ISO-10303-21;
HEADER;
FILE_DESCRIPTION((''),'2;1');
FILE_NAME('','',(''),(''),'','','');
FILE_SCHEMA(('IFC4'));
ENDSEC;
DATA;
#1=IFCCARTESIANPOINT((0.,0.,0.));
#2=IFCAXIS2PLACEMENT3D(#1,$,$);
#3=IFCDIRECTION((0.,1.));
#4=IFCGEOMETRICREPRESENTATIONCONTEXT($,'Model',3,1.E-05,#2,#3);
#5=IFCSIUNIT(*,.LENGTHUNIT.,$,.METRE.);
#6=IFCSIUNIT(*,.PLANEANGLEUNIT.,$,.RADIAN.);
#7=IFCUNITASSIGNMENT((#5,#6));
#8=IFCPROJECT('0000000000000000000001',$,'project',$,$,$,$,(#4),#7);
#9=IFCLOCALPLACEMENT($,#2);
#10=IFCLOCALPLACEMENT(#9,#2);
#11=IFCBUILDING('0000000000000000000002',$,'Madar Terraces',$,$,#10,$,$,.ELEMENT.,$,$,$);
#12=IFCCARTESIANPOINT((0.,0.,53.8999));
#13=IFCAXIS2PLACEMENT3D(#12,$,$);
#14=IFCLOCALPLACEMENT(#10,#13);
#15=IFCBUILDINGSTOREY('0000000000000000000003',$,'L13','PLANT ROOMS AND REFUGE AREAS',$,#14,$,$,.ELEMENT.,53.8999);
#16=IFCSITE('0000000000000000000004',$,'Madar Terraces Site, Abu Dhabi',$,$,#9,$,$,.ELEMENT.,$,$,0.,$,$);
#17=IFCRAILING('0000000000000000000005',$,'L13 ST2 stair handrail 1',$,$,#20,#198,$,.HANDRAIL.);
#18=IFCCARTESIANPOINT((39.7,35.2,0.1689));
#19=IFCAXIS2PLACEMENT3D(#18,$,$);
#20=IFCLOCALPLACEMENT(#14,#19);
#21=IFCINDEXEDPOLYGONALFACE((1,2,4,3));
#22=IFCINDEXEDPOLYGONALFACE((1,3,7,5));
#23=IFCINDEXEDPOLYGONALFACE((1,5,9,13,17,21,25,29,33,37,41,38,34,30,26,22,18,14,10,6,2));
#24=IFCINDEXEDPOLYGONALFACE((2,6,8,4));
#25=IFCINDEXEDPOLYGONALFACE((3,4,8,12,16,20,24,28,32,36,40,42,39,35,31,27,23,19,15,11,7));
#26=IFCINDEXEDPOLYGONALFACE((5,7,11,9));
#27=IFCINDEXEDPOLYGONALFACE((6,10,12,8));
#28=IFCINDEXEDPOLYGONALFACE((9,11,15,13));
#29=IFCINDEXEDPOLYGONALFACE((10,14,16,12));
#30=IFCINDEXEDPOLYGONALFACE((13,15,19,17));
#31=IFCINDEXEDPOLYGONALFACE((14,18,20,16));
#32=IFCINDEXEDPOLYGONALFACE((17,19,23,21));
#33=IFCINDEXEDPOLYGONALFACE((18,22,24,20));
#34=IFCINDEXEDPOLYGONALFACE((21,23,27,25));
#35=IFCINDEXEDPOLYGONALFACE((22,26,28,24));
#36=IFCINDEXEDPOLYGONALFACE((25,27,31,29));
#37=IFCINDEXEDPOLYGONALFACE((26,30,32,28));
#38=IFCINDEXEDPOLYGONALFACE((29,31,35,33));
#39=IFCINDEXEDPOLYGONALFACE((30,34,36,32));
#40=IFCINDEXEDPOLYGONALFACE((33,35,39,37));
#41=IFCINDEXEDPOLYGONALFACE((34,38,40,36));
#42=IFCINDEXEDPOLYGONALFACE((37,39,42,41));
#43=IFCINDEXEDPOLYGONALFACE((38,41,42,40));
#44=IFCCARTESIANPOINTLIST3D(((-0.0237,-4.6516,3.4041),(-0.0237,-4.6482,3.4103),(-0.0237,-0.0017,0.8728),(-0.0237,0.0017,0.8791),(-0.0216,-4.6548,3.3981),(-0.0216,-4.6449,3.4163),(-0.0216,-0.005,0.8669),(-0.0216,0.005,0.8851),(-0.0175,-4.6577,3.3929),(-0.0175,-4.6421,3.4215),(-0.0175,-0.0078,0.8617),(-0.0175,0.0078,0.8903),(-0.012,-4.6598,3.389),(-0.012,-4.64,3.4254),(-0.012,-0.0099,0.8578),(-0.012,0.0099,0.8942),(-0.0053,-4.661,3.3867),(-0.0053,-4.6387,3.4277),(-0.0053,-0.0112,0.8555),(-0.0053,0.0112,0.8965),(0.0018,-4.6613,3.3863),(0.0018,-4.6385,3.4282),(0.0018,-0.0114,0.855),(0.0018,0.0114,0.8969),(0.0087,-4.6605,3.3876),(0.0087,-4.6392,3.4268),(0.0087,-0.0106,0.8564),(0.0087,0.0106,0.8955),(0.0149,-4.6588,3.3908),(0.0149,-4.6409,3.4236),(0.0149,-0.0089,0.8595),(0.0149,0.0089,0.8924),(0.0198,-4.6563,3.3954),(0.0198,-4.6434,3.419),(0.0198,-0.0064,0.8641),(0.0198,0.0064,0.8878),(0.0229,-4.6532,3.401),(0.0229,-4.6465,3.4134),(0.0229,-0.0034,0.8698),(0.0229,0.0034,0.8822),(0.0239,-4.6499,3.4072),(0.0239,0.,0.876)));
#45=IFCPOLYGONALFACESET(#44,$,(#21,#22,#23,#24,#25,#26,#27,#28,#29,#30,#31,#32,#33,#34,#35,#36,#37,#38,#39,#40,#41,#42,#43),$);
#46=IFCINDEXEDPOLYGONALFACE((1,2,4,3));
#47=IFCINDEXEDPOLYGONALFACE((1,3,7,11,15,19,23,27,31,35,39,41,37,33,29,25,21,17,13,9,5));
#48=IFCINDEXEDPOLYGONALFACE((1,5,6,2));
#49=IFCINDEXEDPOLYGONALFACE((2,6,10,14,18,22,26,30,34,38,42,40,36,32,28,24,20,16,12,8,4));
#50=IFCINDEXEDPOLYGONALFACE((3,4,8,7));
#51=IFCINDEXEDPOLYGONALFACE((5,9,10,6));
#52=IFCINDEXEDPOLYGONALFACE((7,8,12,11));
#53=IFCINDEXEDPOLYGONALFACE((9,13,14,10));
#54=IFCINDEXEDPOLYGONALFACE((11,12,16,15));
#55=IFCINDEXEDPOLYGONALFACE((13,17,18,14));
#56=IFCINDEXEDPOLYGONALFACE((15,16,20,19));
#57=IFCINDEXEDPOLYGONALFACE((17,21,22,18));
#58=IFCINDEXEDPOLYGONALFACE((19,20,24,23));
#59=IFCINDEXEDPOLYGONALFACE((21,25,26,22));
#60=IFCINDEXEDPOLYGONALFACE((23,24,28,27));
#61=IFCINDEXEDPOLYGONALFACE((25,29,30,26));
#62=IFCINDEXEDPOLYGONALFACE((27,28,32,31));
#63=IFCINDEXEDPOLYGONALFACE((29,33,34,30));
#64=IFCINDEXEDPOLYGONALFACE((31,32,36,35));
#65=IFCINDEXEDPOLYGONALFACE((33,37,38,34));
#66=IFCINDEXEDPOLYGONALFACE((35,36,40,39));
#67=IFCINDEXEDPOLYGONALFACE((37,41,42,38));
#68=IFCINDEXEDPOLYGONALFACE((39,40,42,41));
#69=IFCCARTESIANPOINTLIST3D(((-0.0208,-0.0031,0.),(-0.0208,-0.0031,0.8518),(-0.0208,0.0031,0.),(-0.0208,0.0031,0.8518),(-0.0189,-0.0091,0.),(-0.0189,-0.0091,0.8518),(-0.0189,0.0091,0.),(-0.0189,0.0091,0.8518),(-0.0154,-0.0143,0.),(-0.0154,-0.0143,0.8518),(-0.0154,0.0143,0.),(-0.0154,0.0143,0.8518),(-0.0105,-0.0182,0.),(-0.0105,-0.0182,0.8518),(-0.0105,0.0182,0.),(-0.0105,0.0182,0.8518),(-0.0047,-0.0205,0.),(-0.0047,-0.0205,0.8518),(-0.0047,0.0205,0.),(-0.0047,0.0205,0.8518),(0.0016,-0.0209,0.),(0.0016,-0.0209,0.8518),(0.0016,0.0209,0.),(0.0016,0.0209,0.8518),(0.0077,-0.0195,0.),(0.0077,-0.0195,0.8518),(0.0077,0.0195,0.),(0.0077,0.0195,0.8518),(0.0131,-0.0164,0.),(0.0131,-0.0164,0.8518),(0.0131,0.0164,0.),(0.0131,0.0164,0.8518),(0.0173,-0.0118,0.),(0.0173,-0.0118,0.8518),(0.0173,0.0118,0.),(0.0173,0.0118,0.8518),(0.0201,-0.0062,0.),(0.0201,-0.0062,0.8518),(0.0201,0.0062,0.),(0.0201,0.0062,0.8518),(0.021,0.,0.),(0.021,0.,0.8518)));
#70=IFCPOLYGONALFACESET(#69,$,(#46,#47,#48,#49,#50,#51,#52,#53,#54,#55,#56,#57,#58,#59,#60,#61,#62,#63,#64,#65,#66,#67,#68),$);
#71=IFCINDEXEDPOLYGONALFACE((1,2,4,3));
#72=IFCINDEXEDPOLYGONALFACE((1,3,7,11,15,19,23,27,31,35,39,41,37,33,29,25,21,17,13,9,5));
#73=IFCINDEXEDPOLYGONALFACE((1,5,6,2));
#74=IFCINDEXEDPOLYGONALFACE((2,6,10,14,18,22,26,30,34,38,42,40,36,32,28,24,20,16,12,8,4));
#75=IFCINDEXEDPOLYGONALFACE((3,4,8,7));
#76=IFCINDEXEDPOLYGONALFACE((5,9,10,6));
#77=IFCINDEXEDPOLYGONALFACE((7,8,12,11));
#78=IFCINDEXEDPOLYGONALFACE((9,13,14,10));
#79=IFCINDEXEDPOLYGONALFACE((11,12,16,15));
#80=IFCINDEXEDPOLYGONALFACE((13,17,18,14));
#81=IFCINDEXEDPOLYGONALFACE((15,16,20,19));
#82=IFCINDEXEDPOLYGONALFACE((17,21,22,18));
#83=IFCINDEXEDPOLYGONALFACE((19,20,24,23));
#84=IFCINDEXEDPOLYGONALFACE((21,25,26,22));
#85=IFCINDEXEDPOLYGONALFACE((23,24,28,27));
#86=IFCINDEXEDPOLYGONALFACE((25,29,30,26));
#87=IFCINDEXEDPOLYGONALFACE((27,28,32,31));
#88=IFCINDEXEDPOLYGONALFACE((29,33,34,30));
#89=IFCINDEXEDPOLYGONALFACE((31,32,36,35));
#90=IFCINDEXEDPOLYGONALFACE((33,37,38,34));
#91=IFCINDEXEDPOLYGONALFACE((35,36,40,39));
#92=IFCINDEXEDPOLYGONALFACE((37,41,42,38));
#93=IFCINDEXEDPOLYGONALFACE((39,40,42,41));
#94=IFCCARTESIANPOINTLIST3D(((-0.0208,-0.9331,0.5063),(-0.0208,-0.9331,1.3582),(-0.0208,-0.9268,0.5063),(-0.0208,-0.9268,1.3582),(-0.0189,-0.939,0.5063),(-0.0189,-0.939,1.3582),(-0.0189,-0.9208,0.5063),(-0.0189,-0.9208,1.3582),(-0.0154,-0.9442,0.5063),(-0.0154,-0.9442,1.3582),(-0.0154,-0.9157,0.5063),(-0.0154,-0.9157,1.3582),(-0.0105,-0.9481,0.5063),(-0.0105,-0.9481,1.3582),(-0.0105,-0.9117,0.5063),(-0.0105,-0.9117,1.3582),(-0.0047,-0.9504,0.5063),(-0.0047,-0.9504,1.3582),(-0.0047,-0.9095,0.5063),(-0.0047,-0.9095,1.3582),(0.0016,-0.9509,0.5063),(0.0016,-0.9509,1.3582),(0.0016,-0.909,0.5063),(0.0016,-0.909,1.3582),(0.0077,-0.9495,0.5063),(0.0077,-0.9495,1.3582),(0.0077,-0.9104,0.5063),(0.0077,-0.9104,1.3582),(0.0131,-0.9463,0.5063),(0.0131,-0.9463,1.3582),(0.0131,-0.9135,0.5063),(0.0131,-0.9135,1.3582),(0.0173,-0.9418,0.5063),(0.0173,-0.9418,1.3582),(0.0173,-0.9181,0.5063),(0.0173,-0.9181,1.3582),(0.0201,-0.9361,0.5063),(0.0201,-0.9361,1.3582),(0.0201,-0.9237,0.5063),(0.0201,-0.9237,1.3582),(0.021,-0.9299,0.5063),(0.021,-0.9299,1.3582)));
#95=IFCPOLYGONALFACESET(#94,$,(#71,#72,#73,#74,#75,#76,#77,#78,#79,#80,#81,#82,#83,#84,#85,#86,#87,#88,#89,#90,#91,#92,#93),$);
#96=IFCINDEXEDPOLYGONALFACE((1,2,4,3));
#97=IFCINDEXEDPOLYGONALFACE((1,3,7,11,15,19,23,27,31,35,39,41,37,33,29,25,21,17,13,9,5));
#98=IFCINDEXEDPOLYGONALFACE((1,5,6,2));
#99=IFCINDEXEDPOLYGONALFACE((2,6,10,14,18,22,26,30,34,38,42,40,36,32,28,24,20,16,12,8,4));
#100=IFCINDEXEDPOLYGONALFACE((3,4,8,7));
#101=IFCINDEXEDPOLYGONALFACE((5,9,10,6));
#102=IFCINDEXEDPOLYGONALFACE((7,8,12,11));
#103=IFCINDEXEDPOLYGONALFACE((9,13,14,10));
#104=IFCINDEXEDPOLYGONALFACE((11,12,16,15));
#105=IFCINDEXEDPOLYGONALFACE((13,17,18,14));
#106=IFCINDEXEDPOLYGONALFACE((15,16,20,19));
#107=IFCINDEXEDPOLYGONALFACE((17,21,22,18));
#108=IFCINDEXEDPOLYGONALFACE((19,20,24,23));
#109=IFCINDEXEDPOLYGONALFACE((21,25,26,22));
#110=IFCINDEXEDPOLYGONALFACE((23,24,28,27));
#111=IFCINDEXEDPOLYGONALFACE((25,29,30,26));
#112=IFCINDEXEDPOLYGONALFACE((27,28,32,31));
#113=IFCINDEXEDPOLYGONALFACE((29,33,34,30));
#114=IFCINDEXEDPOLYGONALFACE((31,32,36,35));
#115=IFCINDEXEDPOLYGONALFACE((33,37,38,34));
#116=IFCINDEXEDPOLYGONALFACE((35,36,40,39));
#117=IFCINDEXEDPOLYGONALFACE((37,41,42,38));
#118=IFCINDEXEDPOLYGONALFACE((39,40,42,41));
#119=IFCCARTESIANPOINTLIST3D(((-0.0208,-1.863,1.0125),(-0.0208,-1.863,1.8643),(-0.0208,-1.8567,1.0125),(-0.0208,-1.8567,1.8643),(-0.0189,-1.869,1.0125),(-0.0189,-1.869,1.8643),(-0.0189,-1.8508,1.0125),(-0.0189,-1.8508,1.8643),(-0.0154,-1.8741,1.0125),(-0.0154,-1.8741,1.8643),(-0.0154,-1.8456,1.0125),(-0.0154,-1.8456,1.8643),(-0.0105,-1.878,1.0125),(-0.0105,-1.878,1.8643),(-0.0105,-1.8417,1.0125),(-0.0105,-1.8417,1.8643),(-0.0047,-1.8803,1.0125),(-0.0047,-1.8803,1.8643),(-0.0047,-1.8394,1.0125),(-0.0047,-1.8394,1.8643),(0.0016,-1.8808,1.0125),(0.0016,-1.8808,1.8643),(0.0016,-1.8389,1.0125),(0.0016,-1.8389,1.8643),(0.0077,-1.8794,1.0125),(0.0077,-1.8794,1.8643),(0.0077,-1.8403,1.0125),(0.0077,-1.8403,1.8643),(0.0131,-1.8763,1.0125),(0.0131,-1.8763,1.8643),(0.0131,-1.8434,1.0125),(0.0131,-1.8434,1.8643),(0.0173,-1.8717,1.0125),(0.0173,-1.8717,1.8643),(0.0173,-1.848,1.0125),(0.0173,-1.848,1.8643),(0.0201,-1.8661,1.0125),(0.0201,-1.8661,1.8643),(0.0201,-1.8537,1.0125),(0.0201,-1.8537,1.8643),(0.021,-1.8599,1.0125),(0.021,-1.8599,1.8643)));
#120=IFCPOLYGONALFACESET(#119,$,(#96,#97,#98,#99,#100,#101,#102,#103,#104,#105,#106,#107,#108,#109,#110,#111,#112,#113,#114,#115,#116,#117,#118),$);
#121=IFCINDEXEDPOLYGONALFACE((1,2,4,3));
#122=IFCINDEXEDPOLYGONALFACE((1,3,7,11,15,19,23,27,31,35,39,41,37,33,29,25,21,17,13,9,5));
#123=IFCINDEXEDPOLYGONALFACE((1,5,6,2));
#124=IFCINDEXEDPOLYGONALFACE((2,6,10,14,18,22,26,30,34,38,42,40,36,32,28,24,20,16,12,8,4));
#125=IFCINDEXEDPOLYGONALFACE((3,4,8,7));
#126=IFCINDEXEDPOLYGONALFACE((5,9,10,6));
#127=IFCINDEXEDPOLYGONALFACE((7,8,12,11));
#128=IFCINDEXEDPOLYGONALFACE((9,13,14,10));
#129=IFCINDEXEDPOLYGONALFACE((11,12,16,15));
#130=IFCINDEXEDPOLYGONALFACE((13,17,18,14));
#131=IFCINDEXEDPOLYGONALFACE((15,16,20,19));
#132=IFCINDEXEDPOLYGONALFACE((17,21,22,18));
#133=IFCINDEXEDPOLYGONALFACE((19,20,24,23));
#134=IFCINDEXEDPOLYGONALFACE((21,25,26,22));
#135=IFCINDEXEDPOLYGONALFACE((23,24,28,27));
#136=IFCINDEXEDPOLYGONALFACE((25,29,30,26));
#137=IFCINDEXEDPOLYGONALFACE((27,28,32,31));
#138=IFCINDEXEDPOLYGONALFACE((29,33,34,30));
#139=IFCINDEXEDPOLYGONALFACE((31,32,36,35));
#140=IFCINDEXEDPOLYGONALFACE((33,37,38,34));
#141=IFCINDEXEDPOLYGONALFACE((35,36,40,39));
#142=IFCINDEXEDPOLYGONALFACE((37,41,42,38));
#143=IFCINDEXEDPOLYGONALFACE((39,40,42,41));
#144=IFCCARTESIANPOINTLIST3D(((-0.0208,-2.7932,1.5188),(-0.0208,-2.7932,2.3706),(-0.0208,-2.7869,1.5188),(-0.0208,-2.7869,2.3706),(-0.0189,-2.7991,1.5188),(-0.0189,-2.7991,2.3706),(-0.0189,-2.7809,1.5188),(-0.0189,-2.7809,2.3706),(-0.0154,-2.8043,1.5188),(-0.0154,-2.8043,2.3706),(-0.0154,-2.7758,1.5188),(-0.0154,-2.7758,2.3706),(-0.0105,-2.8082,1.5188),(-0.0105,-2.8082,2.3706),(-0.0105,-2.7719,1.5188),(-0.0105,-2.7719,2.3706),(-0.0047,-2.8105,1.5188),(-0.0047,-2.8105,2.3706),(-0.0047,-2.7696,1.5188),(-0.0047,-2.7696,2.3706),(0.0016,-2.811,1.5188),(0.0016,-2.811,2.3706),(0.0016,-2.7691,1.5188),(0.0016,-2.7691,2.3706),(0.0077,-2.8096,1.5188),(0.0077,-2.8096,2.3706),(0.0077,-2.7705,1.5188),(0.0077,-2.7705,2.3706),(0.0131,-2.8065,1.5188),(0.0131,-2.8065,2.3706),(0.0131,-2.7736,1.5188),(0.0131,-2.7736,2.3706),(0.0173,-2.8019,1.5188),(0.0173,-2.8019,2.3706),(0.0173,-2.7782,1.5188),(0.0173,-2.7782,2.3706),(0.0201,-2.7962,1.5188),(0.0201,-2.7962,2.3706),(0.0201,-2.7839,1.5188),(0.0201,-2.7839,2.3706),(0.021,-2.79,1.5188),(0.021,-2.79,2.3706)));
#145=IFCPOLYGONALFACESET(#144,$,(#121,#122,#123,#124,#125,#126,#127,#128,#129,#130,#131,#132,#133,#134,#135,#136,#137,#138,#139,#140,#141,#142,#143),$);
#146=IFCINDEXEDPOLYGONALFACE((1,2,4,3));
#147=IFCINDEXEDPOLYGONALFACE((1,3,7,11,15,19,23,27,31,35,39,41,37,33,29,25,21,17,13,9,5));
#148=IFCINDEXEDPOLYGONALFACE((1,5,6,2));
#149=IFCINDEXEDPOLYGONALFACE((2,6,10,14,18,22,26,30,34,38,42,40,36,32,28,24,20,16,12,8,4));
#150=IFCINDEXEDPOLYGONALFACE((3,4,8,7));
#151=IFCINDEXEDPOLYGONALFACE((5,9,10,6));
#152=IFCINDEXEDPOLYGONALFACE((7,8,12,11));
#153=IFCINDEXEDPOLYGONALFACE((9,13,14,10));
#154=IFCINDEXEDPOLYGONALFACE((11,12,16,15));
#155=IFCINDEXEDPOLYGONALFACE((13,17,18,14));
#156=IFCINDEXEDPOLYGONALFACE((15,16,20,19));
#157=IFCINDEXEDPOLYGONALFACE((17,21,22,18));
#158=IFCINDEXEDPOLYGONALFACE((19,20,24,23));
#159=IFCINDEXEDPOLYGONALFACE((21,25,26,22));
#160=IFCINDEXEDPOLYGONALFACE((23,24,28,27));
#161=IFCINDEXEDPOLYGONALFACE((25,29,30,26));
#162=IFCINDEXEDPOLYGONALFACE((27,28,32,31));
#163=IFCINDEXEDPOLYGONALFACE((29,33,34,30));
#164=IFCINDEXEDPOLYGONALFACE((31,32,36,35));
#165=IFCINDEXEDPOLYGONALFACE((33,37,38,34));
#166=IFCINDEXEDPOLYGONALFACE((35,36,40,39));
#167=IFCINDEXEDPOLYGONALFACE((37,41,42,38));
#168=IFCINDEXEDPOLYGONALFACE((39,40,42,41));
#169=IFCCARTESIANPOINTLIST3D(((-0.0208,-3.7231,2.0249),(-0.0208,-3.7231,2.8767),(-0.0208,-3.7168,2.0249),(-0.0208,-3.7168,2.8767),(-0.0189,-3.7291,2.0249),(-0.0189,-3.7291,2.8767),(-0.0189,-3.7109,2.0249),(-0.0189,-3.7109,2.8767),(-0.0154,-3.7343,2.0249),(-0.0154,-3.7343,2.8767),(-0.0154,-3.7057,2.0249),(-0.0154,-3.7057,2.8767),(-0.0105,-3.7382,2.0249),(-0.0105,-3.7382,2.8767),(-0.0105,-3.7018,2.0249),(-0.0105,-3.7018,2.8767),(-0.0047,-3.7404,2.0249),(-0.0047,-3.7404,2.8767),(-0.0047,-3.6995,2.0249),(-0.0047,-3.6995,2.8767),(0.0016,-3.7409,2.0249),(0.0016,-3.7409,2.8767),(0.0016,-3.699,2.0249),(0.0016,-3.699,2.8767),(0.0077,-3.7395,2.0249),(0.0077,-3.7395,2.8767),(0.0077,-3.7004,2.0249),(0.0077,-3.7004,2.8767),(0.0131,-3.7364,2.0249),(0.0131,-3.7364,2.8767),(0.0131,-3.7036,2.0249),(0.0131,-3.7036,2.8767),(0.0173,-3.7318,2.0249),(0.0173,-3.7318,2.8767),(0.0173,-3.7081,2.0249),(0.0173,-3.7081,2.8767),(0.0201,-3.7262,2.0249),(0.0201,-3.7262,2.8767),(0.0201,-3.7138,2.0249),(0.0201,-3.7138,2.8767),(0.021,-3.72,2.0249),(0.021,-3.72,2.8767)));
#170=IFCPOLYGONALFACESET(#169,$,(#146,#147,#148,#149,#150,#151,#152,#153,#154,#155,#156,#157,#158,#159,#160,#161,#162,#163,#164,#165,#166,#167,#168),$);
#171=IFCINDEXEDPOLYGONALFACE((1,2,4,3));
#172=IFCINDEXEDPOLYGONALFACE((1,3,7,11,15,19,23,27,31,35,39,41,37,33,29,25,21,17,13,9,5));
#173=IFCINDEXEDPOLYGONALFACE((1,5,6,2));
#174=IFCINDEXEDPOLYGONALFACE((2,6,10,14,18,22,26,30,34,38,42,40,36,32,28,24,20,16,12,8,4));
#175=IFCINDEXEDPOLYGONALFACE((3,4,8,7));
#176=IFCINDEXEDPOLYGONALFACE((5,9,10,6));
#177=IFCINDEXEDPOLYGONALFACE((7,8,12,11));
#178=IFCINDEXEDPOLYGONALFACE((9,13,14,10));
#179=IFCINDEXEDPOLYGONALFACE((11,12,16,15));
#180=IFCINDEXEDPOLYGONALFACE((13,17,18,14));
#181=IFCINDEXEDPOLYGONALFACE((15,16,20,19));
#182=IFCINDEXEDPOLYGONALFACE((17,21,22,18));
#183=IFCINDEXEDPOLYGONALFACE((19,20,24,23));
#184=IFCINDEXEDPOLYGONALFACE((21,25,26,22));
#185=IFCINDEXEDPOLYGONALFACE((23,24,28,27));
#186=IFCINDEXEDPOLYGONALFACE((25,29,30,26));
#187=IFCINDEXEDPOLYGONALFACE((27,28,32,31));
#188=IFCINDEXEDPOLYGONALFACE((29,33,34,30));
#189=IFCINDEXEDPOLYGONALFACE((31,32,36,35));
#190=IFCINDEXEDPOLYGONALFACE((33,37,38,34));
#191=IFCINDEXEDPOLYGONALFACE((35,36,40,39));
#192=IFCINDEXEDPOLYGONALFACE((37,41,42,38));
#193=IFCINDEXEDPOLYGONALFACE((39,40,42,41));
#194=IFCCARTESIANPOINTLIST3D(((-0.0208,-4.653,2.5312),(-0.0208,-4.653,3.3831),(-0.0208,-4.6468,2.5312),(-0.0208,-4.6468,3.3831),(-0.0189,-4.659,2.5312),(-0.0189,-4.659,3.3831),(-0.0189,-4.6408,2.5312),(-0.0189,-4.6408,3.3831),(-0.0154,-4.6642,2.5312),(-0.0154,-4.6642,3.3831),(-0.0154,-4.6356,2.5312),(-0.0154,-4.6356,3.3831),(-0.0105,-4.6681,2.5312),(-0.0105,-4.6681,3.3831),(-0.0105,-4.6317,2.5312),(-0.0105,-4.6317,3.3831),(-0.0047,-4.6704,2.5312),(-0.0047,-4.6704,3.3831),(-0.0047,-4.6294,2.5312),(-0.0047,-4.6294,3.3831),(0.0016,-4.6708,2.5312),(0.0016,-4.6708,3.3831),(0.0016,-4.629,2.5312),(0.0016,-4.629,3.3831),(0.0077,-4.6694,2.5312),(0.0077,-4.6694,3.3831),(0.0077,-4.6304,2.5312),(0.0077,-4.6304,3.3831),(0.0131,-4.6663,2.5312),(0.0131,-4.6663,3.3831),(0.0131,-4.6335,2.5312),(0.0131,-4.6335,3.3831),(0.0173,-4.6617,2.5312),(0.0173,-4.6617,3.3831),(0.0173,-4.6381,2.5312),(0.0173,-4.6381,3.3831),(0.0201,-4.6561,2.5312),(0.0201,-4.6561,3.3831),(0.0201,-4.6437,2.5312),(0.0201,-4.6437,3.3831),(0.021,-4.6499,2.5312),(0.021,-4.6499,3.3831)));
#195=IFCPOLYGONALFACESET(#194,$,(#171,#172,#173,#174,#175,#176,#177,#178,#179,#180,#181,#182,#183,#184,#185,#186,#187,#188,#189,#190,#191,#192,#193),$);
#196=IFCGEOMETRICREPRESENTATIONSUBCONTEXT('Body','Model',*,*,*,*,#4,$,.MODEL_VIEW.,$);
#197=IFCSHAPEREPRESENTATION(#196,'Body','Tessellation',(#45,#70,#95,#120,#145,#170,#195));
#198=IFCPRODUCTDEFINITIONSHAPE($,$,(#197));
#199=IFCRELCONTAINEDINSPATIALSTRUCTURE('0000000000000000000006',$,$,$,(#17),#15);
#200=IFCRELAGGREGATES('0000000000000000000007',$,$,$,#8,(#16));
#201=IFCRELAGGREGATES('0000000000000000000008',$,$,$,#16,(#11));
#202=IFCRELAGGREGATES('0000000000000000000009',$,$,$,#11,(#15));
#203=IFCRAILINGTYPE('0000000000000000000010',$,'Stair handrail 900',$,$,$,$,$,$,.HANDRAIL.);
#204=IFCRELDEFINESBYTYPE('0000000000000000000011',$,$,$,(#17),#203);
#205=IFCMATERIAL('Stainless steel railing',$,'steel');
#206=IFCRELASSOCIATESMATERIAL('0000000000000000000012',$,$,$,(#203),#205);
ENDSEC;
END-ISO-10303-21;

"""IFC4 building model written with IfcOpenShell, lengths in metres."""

from ifc_helpers import new_model, si_unit, direction, frame, origin, origin_2d, place, context, subcontext, project, spatial, circle, extrude, material, type_object, element, save


model = new_model("IFC4")

# Units and contexts
model_context = context("Model", 3, precision=1e-05, world=origin(), true_north=direction((0.0, 1.0)))
body_context = subcontext(model_context, "Body", "Model", "MODEL_VIEW")
ifc_project = project(units=[si_unit("LENGTHUNIT", "METRE"), si_unit("PLANEANGLEUNIT", "RADIAN")], contexts=[model_context])

# Site, building, storey
site_placement = place(None, origin())
site = spatial("IfcSite", under=ifc_project, at=site_placement, Name="Madar Terraces Site, Abu Dhabi", CompositionType="ELEMENT", RefElevation=0.0)
building_placement = place(site_placement, origin())
building = spatial("IfcBuilding", under=site, at=building_placement, Name="Madar Terraces", CompositionType="ELEMENT")
storey_placement = place(building_placement, frame((0.0, 0.0, 53.8999)))
storey = spatial("IfcBuildingStorey", under=building, at=storey_placement, Name="L13", Description="PLANT ROOMS AND REFUGE AREAS", CompositionType="ELEMENT", Elevation=53.8999)

# Railing
ifc_material_1 = material(Name="Stainless steel railing", Category="steel")
railing_type_1 = type_object("IfcRailingType", Name="Stair handrail 900", PredefinedType="HANDRAIL", material=ifc_material_1)
railing_1_placement = place(storey_placement, frame((39.7, 35.2, 0.1689)))
element("IfcRailing", 1, at=railing_1_placement, inside=storey, type_object=railing_type_1, Name="L13 ST2 stair handrail 1", PredefinedType="HANDRAIL", context=body_context, shape_type="SweptSolid", body=[
    extrude(circle(Radius=0.0239, at=origin_2d()), frame((0.0, 0.0, 0.876), z_axis=(0.0, -0.878297, 0.478115), x_axis=(1.0, 0.0, 0.0)), (0.0, 0.0, 1.0), 5.2942),
    extrude(circle(Radius=0.021, at=origin_2d()), origin(), (0.0, 0.0, 1.0), 0.8518),
    extrude(circle(Radius=0.021, at=origin_2d()), frame((0.0, -0.9299, 0.5063)), (0.0, 0.0, 1.0), 0.8518),
    extrude(circle(Radius=0.021, at=origin_2d()), frame((0.0, -1.8599, 1.0125)), (0.0, 0.0, 1.0), 0.8518),
    extrude(circle(Radius=0.021, at=origin_2d()), frame((0.0, -2.79, 1.5188)), (0.0, 0.0, 1.0), 0.8518),
    extrude(circle(Radius=0.021, at=origin_2d()), frame((0.0, -3.72, 2.0249)), (0.0, 0.0, 1.0), 0.8518),
    extrude(circle(Radius=0.021, at=origin_2d()), frame((0.0, -4.6499, 2.5312)), (0.0, 0.0, 1.0), 0.8518),
])

save(model, "model.ifc")
